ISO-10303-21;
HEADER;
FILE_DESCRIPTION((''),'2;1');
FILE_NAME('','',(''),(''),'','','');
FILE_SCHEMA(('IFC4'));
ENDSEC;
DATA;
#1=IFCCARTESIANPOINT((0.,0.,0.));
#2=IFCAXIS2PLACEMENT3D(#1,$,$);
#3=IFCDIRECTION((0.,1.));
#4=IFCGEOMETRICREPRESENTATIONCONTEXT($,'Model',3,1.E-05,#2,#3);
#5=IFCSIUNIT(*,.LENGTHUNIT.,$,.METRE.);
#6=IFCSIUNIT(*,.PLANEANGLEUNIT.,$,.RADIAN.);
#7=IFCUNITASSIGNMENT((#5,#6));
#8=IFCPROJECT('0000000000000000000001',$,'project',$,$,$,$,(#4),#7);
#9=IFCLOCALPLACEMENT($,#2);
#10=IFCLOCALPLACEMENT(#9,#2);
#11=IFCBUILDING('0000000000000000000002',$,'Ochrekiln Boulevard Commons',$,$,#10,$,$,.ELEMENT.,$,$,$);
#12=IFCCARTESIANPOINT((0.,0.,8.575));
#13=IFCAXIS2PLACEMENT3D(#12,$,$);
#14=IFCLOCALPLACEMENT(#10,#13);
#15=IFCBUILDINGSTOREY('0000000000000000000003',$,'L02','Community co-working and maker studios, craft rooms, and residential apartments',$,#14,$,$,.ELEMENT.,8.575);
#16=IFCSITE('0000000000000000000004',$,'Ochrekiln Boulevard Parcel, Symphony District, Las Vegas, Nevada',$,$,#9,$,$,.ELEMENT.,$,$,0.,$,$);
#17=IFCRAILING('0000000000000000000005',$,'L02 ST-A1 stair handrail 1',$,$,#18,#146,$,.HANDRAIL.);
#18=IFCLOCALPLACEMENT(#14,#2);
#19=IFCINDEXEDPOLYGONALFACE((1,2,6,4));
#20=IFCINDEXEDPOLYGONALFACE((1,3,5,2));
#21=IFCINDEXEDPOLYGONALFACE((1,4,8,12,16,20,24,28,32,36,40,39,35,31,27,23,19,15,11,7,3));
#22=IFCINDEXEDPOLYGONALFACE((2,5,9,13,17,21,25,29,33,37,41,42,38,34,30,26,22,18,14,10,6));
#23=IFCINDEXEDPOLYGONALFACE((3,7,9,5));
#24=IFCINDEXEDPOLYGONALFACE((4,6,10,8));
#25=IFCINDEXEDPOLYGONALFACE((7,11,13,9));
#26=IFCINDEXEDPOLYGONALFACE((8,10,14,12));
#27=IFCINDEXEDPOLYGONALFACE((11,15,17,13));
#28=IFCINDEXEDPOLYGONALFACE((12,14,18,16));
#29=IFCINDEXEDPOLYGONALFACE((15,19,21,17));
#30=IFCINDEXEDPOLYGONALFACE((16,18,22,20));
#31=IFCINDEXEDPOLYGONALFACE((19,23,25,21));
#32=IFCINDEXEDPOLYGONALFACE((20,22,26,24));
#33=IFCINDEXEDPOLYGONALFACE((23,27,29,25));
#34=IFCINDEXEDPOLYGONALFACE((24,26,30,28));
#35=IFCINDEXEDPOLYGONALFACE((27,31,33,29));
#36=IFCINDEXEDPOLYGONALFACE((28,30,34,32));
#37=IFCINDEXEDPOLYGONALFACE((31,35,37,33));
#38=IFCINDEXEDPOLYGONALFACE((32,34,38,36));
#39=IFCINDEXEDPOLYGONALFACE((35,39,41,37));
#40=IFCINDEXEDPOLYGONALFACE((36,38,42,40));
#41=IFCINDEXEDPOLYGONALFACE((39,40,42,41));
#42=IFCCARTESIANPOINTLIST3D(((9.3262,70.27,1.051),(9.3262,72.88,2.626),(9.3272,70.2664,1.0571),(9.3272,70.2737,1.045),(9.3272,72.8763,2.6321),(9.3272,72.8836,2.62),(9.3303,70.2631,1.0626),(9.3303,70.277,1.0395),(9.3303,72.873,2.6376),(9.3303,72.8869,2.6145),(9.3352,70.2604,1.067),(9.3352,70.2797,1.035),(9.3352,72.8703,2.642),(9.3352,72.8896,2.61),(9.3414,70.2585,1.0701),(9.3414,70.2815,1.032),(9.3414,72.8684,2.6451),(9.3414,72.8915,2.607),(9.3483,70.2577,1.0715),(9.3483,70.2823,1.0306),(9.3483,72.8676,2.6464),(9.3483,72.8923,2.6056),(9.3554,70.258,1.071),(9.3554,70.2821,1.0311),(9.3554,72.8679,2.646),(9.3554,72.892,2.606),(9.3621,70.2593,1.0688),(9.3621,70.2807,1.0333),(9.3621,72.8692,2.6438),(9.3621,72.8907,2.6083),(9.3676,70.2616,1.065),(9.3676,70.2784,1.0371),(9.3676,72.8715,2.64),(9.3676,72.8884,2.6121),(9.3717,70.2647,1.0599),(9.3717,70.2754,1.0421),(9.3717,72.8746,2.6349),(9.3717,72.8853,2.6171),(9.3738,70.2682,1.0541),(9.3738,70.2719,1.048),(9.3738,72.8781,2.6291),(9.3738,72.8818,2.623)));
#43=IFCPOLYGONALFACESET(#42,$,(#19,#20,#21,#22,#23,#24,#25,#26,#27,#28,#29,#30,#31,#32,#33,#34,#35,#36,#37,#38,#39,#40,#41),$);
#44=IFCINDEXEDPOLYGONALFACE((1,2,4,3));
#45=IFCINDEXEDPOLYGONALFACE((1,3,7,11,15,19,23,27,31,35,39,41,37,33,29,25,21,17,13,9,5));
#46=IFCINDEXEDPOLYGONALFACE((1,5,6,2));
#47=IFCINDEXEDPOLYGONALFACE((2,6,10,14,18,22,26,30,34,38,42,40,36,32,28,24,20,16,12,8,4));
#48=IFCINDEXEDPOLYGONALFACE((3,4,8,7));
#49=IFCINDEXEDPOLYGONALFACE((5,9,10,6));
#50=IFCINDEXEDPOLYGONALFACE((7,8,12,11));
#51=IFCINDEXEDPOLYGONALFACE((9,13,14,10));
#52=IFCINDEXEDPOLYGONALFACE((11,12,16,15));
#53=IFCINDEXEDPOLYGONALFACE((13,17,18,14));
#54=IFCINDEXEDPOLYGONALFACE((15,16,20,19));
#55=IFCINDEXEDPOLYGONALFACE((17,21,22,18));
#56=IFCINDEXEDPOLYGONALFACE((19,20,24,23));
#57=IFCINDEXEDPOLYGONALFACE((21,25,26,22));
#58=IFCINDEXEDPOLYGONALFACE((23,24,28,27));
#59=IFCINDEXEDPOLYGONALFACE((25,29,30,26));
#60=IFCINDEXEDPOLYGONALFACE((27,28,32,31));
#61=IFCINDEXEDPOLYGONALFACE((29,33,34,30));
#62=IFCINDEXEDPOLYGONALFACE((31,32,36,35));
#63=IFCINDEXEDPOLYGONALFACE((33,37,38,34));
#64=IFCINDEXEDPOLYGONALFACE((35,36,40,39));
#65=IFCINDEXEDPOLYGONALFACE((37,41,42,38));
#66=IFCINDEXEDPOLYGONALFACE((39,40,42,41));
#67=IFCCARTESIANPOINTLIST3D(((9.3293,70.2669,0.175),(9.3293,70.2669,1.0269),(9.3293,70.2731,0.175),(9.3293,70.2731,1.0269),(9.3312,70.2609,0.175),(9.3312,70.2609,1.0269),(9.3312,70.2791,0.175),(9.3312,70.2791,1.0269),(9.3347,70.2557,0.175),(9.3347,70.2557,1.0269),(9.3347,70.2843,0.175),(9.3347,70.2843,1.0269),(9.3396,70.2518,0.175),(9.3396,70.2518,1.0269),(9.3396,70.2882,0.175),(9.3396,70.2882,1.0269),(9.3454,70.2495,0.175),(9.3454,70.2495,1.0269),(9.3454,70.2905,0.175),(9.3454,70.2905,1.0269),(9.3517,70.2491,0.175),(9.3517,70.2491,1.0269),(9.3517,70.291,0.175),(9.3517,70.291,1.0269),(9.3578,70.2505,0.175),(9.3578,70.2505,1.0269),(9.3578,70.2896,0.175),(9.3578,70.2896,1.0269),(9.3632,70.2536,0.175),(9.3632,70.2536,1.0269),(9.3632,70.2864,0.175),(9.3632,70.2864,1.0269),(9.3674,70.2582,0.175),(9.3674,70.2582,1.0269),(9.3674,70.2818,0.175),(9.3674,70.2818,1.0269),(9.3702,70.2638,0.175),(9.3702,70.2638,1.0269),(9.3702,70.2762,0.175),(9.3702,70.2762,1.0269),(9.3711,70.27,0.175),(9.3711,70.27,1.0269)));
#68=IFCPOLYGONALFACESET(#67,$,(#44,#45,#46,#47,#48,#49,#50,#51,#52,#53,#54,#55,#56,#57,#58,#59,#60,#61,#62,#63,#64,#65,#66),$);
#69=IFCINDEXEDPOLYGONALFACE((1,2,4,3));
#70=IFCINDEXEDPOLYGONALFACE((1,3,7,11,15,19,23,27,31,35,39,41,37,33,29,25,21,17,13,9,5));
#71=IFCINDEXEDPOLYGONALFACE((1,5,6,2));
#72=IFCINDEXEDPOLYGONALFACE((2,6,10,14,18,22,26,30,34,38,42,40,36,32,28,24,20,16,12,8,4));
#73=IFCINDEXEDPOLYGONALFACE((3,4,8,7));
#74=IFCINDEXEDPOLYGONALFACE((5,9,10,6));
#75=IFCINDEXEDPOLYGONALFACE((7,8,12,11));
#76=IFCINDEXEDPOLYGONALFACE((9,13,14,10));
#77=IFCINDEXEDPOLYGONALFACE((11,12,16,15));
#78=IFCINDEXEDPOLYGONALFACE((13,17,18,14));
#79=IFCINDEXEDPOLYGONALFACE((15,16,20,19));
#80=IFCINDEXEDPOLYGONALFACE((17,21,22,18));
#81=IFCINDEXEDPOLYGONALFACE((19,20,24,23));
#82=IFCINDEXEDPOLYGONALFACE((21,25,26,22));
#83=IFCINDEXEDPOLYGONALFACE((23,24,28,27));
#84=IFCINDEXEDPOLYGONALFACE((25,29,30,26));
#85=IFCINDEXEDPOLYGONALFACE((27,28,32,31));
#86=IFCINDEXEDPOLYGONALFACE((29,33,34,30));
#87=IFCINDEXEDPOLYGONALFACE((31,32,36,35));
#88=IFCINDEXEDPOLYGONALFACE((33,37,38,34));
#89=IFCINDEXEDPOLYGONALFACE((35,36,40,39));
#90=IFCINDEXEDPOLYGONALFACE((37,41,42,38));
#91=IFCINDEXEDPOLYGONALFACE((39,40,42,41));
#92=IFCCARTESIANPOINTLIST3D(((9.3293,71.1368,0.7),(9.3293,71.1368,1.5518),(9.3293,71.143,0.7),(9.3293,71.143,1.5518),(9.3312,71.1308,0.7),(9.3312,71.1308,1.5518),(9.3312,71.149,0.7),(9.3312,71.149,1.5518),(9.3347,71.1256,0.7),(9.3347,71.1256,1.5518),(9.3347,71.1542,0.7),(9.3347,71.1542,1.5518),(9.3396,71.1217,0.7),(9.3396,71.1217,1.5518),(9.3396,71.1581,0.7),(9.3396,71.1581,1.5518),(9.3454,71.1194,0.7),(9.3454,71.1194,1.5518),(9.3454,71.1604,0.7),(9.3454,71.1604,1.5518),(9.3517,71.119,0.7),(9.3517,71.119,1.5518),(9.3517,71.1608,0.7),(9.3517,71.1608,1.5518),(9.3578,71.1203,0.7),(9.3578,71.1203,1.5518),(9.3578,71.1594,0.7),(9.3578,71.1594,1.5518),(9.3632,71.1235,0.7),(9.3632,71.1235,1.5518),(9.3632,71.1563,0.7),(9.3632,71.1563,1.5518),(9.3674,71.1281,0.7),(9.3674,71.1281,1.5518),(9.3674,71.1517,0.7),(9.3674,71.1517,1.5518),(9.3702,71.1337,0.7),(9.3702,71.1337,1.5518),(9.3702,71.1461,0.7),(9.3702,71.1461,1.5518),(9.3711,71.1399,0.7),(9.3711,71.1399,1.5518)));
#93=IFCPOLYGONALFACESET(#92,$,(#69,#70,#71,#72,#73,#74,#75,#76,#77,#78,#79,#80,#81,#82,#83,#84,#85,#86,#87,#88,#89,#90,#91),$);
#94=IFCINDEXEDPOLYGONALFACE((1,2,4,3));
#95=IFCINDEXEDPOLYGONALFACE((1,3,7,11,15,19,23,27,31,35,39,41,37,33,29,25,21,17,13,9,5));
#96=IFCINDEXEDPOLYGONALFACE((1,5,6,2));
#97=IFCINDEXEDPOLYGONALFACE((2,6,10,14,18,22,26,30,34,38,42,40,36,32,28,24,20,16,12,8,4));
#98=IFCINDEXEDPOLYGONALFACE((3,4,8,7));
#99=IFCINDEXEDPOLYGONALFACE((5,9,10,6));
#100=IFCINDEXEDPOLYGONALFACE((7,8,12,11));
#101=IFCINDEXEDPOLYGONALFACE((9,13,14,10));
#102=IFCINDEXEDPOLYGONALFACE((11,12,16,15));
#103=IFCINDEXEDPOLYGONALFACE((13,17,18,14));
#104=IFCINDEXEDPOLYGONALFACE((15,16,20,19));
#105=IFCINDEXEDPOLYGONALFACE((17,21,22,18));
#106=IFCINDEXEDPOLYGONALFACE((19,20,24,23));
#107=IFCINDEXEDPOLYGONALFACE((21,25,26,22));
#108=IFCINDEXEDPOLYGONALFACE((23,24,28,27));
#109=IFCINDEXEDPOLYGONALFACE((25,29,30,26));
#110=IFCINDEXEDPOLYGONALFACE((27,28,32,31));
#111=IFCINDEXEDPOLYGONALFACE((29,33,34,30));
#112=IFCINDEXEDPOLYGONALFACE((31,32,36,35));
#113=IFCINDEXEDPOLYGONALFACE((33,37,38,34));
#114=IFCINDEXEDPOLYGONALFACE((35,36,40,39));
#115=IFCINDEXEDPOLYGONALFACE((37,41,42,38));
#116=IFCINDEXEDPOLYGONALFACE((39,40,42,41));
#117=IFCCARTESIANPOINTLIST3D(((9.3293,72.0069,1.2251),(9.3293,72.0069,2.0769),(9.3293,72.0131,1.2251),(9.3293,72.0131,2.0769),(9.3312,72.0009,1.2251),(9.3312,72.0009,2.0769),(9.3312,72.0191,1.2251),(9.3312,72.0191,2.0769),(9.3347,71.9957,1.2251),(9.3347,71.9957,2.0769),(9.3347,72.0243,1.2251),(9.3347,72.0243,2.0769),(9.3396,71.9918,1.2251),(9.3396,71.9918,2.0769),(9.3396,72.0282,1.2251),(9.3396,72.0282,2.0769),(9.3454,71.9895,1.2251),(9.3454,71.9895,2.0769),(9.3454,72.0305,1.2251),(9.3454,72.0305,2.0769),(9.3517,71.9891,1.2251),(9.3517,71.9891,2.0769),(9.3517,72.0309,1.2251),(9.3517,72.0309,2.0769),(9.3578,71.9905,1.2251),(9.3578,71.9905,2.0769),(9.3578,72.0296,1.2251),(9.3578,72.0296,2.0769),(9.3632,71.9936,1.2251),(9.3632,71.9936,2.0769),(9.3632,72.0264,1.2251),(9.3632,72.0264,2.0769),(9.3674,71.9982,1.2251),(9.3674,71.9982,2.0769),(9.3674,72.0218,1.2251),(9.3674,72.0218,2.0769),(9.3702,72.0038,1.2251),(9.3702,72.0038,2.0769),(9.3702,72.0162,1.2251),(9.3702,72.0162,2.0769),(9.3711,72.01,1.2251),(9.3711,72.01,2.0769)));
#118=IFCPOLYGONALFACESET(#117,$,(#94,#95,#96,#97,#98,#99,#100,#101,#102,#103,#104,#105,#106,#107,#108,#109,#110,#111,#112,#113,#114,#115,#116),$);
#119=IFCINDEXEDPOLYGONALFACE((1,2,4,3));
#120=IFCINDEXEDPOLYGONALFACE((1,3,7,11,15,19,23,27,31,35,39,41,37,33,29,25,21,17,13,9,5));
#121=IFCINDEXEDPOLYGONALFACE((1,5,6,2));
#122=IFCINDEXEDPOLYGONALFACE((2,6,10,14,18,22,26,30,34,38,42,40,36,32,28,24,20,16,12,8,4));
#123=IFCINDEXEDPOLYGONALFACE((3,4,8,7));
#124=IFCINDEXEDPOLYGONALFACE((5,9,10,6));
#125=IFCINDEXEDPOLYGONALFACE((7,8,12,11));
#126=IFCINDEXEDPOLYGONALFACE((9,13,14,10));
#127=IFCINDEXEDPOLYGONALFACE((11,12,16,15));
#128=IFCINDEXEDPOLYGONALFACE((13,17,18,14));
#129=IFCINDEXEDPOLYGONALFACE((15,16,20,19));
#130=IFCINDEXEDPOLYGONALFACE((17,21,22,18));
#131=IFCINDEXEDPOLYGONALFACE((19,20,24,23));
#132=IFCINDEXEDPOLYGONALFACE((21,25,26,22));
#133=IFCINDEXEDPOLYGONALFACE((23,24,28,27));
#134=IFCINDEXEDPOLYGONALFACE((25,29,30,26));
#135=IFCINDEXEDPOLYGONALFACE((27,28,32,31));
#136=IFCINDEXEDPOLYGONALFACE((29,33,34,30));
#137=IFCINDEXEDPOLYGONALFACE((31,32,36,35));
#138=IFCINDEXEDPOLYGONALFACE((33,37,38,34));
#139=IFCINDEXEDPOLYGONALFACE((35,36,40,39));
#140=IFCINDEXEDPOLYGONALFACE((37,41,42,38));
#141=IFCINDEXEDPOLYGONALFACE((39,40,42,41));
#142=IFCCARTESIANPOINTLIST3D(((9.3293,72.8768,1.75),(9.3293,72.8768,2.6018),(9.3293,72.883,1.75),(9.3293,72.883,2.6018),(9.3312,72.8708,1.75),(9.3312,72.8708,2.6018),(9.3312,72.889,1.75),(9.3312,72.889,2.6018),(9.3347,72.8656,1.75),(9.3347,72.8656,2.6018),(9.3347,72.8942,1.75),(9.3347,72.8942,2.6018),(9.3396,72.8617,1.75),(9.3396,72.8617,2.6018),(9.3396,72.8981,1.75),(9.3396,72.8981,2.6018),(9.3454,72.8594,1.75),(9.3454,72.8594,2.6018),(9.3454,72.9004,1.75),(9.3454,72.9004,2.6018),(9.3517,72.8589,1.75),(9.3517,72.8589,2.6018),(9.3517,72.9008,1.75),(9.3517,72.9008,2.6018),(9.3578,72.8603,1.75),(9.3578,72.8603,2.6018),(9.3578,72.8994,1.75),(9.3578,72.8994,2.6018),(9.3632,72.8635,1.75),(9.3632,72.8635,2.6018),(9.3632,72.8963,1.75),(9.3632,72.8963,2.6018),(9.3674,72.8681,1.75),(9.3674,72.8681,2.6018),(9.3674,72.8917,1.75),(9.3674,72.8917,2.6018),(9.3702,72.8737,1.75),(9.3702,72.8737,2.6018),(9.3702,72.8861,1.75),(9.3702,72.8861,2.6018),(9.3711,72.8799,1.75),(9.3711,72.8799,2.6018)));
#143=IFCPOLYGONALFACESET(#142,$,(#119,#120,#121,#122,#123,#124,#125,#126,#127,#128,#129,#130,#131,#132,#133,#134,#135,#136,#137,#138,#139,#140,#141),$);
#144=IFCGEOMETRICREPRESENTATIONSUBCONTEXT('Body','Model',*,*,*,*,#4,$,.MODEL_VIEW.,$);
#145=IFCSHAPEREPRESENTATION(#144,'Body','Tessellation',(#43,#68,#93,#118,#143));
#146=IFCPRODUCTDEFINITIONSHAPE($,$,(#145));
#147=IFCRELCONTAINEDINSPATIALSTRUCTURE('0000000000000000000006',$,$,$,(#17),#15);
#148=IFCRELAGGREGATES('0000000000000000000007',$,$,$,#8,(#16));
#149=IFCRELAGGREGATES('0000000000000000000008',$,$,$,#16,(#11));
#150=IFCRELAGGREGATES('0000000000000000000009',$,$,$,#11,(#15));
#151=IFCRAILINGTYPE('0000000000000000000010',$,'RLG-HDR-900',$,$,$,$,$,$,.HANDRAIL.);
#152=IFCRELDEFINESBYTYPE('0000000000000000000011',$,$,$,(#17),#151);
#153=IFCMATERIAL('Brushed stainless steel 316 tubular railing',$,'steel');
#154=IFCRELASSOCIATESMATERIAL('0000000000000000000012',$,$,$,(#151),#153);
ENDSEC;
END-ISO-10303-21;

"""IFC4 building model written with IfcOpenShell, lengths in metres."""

from ifc_helpers import new_model, si_unit, direction, frame, origin, origin_2d, place, context, subcontext, project, spatial, circle, extrude, material, type_object, element, save


model = new_model("IFC4")

# Units and contexts
model_context = context("Model", 3, precision=1e-05, world=origin(), true_north=direction((0.0, 1.0)))
body_context = subcontext(model_context, "Body", "Model", "MODEL_VIEW")
ifc_project = project(units=[si_unit("LENGTHUNIT", "METRE"), si_unit("PLANEANGLEUNIT", "RADIAN")], contexts=[model_context])

# Site, building, storey
site_placement = place(None, origin())
site = spatial("IfcSite", under=ifc_project, at=site_placement, Name="Ochrekiln Boulevard Parcel, Symphony District, Las Vegas, Nevada", CompositionType="ELEMENT", RefElevation=0.0)
building_placement = place(site_placement, origin())
building = spatial("IfcBuilding", under=site, at=building_placement, Name="Ochrekiln Boulevard Commons", CompositionType="ELEMENT")
storey_placement = place(building_placement, frame((0.0, 0.0, 8.575)))
storey = spatial("IfcBuildingStorey", under=building, at=storey_placement, Name="L02", Description="Community co-working and maker studios, craft rooms, and residential apartments", CompositionType="ELEMENT", Elevation=8.575)

# Railing
ifc_material_1 = material(Name="Brushed stainless steel 316 tubular railing", Category="steel")
railing_type_1 = type_object("IfcRailingType", Name="RLG-HDR-900", PredefinedType="HANDRAIL", material=ifc_material_1)
railing_1_placement = place(storey_placement, frame((9.3501, 70.27, 0.175)))
element("IfcRailing", 1, at=railing_1_placement, inside=storey, type_object=railing_type_1, Name="L02 ST-A1 stair handrail 1", PredefinedType="HANDRAIL", context=body_context, shape_type="SweptSolid", body=[
    extrude(circle(Radius=0.0239, at=origin_2d()), frame((0.0, 0.0, 0.876), z_axis=(0.0, 0.856183, 0.516673), x_axis=(-1.0, 0.0, 0.0)), (0.0, 0.0, 1.0), 3.0483),
    extrude(circle(Radius=0.021, at=origin_2d()), origin(), (0.0, 0.0, 1.0), 0.8518),
    extrude(circle(Radius=0.021, at=origin_2d()), frame((0.0, 0.8699, 0.5249)), (0.0, 0.0, 1.0), 0.8518),
    extrude(circle(Radius=0.021, at=origin_2d()), frame((0.0, 1.74, 1.05)), (0.0, 0.0, 1.0), 0.8518),
    extrude(circle(Radius=0.021, at=origin_2d()), frame((0.0, 2.6099, 1.575)), (0.0, 0.0, 1.0), 0.8518),
])

save(model, "model.ifc")
